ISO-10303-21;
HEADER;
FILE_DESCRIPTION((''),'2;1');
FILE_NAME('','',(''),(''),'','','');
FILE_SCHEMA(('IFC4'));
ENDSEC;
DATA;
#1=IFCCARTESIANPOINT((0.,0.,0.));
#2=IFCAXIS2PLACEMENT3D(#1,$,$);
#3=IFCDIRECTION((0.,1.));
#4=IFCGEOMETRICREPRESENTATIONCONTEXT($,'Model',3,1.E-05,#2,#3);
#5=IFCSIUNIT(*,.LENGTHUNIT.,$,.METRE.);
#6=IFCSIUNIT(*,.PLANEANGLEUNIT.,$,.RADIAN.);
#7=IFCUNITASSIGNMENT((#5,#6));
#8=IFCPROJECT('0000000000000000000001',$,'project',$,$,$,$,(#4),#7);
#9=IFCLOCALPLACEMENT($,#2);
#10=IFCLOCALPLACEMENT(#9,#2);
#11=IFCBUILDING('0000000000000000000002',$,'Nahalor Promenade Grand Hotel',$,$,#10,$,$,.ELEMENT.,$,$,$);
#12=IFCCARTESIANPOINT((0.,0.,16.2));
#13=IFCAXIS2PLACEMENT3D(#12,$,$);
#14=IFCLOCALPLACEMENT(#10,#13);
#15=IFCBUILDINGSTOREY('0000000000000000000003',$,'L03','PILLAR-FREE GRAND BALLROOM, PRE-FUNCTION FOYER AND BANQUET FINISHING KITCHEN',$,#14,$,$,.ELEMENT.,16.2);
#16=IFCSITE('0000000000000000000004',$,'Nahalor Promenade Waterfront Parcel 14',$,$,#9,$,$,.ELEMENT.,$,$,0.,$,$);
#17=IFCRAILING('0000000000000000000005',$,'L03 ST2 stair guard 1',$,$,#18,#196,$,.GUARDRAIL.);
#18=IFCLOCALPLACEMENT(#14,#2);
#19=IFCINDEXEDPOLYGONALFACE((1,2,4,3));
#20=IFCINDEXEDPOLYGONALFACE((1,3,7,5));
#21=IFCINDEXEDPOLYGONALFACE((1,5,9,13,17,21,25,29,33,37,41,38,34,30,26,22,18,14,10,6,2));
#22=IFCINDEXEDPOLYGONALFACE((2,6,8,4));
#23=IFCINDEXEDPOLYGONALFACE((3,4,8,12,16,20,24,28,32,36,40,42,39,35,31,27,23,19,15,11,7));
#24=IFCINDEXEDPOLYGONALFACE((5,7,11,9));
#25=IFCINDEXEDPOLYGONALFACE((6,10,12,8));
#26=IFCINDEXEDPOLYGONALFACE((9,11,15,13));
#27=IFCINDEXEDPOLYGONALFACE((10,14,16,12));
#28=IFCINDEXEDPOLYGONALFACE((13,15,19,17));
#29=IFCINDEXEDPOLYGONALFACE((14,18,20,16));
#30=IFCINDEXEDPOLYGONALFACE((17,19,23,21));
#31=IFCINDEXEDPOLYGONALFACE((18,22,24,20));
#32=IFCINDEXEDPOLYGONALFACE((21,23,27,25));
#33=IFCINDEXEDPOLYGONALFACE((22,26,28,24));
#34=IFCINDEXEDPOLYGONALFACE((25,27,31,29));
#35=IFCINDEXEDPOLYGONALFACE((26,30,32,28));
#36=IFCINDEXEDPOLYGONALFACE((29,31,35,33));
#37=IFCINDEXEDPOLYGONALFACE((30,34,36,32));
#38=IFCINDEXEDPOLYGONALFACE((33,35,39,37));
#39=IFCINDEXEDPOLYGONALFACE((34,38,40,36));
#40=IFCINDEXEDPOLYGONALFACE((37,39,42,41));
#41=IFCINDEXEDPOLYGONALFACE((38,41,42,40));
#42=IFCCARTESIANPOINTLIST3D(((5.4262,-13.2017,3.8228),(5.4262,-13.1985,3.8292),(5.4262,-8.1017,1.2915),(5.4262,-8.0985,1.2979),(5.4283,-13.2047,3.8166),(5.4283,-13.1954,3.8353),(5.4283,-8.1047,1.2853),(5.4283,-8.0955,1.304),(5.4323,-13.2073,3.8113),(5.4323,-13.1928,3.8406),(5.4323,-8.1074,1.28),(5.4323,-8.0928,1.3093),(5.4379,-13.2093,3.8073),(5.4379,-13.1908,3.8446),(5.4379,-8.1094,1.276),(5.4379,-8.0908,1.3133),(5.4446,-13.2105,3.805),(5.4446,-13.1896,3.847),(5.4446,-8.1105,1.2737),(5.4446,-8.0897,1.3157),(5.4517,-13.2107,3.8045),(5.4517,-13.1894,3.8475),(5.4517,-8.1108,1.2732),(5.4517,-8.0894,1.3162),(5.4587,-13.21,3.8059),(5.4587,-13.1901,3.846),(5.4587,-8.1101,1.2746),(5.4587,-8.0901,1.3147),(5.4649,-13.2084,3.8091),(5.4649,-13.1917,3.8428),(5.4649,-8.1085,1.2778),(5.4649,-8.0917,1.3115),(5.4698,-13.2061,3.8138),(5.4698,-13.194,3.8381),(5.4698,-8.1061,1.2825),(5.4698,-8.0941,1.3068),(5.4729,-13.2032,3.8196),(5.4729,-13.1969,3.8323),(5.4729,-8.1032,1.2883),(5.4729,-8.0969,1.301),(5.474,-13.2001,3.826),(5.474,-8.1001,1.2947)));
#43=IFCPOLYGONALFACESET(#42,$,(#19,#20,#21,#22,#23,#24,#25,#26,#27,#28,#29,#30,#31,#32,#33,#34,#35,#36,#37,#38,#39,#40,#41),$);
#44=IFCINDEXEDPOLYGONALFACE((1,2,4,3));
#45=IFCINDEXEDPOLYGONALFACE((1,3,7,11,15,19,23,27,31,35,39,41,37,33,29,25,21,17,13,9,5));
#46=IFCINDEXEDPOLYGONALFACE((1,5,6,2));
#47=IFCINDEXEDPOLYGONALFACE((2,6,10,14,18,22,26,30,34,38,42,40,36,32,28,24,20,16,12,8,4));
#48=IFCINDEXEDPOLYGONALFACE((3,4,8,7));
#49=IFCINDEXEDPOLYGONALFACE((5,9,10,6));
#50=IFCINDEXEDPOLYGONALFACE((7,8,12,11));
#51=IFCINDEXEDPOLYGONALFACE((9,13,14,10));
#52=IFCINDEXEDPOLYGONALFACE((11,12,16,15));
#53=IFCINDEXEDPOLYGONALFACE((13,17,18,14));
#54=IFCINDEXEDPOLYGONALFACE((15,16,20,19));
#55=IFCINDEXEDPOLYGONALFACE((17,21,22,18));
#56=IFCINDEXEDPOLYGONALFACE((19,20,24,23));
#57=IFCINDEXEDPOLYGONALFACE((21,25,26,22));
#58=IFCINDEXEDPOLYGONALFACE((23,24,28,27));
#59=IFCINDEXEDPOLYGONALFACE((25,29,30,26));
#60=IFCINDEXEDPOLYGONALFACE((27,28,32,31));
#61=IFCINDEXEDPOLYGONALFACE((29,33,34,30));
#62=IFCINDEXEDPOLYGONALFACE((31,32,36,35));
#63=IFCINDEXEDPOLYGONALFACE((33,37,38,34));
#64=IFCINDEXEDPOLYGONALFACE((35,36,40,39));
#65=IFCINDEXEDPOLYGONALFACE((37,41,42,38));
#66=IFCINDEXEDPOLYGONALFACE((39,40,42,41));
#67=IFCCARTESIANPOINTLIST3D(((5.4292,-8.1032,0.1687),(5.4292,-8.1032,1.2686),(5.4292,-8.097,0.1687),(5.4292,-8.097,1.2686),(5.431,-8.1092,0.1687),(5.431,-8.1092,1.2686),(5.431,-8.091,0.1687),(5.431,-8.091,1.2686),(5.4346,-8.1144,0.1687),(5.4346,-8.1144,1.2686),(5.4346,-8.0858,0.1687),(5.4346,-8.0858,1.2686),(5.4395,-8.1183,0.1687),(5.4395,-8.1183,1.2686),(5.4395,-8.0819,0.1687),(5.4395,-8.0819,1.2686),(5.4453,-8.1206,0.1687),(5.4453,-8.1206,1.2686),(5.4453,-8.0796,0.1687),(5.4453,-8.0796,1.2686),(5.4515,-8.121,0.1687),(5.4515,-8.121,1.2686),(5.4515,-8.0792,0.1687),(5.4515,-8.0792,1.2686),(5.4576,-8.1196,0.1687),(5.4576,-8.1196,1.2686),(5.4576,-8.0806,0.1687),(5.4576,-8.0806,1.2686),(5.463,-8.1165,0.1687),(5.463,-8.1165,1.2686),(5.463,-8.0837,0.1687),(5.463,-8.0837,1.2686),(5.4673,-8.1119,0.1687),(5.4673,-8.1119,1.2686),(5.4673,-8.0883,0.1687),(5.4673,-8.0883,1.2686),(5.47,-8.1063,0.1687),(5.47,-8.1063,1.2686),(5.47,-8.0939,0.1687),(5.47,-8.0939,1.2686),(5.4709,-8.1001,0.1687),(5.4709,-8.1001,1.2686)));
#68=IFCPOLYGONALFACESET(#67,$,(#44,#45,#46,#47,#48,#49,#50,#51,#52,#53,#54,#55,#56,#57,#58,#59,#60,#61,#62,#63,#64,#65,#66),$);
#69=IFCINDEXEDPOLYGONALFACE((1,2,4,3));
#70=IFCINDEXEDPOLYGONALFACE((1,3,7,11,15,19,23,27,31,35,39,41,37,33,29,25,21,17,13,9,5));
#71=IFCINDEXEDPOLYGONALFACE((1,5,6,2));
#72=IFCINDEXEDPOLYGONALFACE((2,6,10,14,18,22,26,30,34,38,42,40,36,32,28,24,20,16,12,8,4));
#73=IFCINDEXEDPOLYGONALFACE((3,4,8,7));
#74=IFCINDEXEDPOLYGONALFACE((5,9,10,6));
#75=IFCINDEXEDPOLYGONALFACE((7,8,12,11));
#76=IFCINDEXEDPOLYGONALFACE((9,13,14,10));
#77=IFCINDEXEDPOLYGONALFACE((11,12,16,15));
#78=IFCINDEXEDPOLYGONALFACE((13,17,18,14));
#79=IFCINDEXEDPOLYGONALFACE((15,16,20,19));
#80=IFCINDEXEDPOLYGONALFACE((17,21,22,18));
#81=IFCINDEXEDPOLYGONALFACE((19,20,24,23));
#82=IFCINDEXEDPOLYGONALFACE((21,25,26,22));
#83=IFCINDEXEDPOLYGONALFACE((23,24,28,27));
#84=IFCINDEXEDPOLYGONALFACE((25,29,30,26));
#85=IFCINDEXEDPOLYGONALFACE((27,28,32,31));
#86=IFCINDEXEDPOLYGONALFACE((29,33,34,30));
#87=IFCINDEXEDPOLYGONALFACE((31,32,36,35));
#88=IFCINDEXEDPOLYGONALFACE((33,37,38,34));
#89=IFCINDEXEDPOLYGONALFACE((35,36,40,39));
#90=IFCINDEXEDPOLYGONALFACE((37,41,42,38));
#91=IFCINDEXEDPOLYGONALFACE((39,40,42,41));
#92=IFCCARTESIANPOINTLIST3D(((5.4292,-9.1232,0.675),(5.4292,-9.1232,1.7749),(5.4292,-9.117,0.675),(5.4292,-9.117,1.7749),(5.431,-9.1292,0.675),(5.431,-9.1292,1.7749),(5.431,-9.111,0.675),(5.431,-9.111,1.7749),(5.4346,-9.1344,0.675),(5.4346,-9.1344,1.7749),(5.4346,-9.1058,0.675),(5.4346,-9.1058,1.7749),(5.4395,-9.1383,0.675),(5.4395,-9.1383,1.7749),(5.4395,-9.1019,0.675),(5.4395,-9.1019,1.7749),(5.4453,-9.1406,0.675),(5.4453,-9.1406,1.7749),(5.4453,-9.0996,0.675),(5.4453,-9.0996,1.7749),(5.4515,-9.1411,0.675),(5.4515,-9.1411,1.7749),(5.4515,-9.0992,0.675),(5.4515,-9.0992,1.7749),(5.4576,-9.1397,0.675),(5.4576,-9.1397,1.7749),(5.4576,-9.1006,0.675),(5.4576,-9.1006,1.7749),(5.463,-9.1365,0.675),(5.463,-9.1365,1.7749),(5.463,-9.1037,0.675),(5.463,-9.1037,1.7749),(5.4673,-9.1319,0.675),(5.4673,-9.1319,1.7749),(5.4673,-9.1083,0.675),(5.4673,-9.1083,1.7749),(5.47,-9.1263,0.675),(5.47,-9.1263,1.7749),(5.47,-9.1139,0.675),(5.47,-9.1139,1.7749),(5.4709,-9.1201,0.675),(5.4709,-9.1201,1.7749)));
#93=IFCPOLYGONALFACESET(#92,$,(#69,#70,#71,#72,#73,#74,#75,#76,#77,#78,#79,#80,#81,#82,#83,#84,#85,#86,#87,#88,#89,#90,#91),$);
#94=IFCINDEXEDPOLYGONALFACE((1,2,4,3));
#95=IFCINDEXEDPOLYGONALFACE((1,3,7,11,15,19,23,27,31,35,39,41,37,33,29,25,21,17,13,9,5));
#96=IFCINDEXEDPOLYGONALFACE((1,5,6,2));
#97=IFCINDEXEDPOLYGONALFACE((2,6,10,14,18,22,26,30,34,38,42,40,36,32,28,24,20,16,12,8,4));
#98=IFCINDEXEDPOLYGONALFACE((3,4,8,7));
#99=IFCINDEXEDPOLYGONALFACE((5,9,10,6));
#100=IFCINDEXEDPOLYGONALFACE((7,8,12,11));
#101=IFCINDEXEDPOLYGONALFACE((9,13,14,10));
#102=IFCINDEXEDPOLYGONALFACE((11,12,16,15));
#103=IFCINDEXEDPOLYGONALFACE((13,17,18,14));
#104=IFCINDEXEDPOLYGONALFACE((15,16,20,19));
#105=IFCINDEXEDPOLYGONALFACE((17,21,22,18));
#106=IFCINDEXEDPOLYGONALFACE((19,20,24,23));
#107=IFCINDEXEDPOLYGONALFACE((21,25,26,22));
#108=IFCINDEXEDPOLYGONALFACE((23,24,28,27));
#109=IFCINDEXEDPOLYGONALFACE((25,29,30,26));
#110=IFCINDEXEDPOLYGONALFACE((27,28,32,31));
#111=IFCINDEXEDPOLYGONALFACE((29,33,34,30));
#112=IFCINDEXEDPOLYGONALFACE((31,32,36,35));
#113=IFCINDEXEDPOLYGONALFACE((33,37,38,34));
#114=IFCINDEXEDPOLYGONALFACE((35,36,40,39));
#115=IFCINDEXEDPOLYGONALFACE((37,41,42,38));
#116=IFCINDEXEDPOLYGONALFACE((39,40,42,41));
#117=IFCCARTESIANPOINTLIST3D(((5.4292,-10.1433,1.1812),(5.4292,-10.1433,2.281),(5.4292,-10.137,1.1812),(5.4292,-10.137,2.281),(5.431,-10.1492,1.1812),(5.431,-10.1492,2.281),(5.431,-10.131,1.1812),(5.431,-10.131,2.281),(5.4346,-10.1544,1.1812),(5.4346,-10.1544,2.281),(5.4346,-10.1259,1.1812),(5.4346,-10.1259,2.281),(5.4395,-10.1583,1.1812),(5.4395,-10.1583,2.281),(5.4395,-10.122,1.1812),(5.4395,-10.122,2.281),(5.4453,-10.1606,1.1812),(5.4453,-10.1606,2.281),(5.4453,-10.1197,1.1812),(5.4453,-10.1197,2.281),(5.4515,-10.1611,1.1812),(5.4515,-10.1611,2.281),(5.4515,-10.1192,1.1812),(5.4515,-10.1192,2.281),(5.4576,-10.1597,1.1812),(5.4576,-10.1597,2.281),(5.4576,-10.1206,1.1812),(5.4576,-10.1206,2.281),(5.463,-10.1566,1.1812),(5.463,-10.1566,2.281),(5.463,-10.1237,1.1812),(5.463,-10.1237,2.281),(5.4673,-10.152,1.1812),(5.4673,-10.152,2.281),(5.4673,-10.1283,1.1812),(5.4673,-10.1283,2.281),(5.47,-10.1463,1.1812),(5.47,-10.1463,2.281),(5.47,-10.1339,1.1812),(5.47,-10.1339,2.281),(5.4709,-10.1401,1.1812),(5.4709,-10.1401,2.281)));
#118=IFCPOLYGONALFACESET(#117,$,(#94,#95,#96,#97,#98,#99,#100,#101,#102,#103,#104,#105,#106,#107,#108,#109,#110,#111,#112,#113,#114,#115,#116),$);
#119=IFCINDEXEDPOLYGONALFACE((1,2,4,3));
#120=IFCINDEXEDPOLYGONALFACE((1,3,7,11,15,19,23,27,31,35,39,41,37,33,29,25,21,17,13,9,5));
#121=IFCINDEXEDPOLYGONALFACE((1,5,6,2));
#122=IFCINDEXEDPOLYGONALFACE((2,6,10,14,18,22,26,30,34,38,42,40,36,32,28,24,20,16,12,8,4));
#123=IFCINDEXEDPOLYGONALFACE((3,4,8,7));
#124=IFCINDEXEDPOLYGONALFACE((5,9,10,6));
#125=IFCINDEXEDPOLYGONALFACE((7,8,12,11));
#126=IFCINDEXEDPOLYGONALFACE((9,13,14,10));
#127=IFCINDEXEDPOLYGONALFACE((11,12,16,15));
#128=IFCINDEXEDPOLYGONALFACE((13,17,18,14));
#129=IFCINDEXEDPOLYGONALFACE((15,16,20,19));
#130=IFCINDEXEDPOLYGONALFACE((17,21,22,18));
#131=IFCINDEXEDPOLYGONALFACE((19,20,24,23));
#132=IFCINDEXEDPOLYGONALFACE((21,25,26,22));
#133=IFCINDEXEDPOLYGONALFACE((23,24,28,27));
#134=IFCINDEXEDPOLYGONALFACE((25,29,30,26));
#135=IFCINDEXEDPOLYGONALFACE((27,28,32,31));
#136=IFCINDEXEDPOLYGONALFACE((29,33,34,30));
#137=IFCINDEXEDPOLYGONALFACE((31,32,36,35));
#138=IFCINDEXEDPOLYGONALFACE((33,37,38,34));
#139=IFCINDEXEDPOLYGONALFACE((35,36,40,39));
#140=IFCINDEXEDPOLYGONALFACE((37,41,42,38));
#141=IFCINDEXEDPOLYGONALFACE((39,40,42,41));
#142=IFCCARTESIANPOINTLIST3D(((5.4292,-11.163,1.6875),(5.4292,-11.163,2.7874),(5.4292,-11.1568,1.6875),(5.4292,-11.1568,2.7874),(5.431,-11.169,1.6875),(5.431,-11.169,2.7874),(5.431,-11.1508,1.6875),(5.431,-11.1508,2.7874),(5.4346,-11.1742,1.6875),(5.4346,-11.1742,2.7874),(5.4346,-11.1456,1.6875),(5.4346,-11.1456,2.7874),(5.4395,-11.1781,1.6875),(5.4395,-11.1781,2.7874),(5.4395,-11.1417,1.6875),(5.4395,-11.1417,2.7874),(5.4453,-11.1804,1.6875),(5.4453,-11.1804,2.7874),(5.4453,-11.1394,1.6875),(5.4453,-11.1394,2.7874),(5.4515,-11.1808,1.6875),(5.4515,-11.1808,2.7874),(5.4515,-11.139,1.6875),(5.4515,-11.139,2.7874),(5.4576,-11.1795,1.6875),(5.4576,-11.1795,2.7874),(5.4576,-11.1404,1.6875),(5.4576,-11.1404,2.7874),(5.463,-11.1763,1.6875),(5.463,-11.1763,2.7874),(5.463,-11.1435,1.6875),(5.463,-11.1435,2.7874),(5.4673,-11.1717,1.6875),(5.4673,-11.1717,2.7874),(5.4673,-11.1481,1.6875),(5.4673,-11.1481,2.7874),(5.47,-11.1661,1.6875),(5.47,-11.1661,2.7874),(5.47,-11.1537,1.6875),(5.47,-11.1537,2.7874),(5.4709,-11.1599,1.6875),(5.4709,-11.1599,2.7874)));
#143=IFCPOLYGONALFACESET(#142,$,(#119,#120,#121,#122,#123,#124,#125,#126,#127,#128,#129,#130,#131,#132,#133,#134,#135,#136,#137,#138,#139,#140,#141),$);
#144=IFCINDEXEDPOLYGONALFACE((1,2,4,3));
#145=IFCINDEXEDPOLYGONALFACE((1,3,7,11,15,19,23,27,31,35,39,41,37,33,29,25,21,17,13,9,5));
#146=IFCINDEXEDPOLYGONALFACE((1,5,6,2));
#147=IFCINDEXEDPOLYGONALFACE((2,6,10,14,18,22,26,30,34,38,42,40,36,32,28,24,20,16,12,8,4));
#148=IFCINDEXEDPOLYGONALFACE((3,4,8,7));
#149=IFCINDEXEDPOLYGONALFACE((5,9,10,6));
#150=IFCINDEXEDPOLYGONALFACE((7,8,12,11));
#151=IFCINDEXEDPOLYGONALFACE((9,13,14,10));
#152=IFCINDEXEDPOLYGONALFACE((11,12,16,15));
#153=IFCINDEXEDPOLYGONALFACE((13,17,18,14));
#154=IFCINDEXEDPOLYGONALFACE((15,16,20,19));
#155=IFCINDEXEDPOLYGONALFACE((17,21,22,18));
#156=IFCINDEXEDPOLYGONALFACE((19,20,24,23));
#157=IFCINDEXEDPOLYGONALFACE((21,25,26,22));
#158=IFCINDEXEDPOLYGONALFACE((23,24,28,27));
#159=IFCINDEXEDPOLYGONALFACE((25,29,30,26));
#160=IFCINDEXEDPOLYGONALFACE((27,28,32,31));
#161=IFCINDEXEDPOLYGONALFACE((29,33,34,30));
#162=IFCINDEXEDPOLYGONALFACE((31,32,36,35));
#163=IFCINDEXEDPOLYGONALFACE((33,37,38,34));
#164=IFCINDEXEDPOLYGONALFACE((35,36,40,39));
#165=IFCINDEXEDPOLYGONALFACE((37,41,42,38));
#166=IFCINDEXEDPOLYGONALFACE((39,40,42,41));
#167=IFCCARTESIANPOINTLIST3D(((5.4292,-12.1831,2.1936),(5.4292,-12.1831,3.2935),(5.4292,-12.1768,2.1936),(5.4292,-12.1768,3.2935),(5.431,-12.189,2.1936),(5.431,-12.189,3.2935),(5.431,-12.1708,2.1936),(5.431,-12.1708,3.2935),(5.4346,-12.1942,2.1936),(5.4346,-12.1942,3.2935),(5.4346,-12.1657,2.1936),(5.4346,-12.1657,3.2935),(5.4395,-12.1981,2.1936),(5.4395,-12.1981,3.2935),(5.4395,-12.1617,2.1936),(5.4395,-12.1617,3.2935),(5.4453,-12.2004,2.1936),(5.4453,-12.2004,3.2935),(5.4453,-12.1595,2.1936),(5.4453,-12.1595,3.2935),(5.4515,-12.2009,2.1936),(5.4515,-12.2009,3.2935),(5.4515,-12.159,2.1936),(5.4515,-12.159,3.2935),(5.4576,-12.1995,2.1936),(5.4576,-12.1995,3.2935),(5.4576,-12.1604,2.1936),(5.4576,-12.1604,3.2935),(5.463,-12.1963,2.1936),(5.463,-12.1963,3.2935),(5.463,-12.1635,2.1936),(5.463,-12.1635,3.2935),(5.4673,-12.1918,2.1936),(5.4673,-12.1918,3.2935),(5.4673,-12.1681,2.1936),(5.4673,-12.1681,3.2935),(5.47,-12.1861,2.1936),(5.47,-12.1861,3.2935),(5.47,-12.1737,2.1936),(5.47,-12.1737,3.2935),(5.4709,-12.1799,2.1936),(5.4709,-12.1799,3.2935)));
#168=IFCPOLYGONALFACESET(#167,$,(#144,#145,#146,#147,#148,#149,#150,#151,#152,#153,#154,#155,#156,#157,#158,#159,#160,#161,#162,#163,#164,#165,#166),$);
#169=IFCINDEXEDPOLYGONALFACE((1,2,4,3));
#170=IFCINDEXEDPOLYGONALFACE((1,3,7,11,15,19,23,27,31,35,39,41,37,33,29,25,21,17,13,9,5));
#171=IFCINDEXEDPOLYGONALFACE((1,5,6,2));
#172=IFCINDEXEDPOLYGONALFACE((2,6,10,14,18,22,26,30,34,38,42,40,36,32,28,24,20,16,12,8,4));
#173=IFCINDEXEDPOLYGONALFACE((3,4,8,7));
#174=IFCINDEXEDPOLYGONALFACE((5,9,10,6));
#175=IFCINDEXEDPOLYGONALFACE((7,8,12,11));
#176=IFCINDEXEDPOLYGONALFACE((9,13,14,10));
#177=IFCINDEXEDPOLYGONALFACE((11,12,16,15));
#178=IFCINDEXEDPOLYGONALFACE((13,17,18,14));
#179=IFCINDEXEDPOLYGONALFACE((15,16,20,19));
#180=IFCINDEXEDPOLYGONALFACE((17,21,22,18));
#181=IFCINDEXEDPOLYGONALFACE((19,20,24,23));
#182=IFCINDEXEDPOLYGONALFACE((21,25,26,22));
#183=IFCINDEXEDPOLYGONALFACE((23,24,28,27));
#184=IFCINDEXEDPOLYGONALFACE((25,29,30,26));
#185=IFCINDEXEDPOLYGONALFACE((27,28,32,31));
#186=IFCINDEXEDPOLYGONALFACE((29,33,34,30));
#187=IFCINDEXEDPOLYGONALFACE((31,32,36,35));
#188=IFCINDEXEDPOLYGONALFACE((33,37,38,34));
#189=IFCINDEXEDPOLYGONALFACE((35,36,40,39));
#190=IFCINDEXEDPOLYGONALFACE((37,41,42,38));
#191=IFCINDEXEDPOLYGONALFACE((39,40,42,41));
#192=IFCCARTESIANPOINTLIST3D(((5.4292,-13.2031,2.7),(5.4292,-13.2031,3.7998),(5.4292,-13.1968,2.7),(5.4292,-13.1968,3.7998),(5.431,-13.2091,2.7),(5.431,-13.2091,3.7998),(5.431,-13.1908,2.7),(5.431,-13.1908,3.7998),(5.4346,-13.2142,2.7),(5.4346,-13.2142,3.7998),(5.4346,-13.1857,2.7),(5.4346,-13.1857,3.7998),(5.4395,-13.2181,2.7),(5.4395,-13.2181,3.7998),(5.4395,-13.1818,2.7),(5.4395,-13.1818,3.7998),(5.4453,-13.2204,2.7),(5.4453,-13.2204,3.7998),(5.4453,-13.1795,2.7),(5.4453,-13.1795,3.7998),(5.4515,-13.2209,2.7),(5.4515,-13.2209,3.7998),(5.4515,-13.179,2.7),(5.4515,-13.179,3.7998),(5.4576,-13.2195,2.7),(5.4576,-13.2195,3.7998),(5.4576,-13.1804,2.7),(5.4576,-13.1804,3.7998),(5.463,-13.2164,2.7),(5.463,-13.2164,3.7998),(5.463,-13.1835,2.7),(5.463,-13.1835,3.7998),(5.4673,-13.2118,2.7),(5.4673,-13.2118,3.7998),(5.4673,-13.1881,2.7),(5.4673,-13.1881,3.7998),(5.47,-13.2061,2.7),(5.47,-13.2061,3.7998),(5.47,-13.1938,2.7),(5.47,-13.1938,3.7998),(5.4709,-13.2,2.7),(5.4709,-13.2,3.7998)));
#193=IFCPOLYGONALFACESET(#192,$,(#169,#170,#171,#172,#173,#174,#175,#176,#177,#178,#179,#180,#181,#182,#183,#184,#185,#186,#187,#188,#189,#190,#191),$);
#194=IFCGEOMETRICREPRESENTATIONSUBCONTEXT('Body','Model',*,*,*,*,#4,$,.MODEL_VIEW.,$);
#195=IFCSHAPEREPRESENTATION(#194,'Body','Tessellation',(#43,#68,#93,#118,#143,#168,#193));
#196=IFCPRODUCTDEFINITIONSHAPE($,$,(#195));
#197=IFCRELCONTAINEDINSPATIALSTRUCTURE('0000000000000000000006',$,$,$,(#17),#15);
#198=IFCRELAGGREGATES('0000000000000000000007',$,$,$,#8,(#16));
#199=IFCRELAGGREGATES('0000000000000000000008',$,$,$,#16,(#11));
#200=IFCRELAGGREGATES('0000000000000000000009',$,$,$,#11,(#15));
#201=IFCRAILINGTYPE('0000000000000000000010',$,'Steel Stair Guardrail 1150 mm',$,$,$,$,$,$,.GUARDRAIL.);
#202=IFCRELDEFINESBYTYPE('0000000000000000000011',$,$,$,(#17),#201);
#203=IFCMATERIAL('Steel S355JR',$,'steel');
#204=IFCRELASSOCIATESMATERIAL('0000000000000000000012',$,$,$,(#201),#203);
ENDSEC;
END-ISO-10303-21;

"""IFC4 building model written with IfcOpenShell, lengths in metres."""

from ifc_helpers import new_model, si_unit, direction, frame, origin, origin_2d, place, context, subcontext, project, spatial, circle, extrude, material, type_object, element, save


model = new_model("IFC4")

# Units and contexts
model_context = context("Model", 3, precision=1e-05, world=origin(), true_north=direction((0.0, 1.0)))
body_context = subcontext(model_context, "Body", "Model", "MODEL_VIEW")
ifc_project = project(units=[si_unit("LENGTHUNIT", "METRE"), si_unit("PLANEANGLEUNIT", "RADIAN")], contexts=[model_context])

# Site, building, storey
site_placement = place(None, origin())
site = spatial("IfcSite", under=ifc_project, at=site_placement, Name="Nahalor Promenade Waterfront Parcel 14", CompositionType="ELEMENT", RefElevation=0.0)
building_placement = place(site_placement, origin())
building = spatial("IfcBuilding", under=site, at=building_placement, Name="Nahalor Promenade Grand Hotel", CompositionType="ELEMENT")
storey_placement = place(building_placement, frame((0.0, 0.0, 16.2)))
storey = spatial("IfcBuildingStorey", under=building, at=storey_placement, Name="L03", Description="PILLAR-FREE GRAND BALLROOM, PRE-FUNCTION FOYER AND BANQUET FINISHING KITCHEN", CompositionType="ELEMENT", Elevation=16.2)

# Shared definitions
ifc_material_1 = material(Name="Steel S355JR", Category="steel")

# Railing
railing_type_1 = type_object("IfcRailingType", Name="Steel Stair Guardrail 1150 mm", PredefinedType="GUARDRAIL", material=ifc_material_1)
railing_1_placement = place(storey_placement, frame((5.45, -8.1001, 0.1687)))
element("IfcRailing", 1, at=railing_1_placement, inside=storey, type_object=railing_type_1, Name="L03 ST2 stair guard 1", PredefinedType="GUARDRAIL", context=body_context, shape_type="SweptSolid", body=[
    extrude(circle(Radius=0.024, at=origin_2d()), frame((0.0, 0.0, 1.126), z_axis=(0.0, -0.895735, 0.444587), x_axis=(1.0, 0.0, 0.0)), (0.0, 0.0, 1.0), 5.6936),
    extrude(circle(Radius=0.021, at=origin_2d()), origin(), (0.0, 0.0, 1.0), 1.0999),
    extrude(circle(Radius=0.021, at=origin_2d()), frame((0.0, -1.02, 0.5063)), (0.0, 0.0, 1.0), 1.0999),
    extrude(circle(Radius=0.021, at=origin_2d()), frame((0.0, -2.04, 1.0125)), (0.0, 0.0, 1.0), 1.0999),
    extrude(circle(Radius=0.021, at=origin_2d()), frame((0.0, -3.0598, 1.5188)), (0.0, 0.0, 1.0), 1.0999),
    extrude(circle(Radius=0.021, at=origin_2d()), frame((0.0, -4.0798, 2.0249)), (0.0, 0.0, 1.0), 1.0999),
    extrude(circle(Radius=0.021, at=origin_2d()), frame((0.0, -5.0999, 2.5312)), (0.0, 0.0, 1.0), 1.0999),
])

save(model, "model.ifc")
